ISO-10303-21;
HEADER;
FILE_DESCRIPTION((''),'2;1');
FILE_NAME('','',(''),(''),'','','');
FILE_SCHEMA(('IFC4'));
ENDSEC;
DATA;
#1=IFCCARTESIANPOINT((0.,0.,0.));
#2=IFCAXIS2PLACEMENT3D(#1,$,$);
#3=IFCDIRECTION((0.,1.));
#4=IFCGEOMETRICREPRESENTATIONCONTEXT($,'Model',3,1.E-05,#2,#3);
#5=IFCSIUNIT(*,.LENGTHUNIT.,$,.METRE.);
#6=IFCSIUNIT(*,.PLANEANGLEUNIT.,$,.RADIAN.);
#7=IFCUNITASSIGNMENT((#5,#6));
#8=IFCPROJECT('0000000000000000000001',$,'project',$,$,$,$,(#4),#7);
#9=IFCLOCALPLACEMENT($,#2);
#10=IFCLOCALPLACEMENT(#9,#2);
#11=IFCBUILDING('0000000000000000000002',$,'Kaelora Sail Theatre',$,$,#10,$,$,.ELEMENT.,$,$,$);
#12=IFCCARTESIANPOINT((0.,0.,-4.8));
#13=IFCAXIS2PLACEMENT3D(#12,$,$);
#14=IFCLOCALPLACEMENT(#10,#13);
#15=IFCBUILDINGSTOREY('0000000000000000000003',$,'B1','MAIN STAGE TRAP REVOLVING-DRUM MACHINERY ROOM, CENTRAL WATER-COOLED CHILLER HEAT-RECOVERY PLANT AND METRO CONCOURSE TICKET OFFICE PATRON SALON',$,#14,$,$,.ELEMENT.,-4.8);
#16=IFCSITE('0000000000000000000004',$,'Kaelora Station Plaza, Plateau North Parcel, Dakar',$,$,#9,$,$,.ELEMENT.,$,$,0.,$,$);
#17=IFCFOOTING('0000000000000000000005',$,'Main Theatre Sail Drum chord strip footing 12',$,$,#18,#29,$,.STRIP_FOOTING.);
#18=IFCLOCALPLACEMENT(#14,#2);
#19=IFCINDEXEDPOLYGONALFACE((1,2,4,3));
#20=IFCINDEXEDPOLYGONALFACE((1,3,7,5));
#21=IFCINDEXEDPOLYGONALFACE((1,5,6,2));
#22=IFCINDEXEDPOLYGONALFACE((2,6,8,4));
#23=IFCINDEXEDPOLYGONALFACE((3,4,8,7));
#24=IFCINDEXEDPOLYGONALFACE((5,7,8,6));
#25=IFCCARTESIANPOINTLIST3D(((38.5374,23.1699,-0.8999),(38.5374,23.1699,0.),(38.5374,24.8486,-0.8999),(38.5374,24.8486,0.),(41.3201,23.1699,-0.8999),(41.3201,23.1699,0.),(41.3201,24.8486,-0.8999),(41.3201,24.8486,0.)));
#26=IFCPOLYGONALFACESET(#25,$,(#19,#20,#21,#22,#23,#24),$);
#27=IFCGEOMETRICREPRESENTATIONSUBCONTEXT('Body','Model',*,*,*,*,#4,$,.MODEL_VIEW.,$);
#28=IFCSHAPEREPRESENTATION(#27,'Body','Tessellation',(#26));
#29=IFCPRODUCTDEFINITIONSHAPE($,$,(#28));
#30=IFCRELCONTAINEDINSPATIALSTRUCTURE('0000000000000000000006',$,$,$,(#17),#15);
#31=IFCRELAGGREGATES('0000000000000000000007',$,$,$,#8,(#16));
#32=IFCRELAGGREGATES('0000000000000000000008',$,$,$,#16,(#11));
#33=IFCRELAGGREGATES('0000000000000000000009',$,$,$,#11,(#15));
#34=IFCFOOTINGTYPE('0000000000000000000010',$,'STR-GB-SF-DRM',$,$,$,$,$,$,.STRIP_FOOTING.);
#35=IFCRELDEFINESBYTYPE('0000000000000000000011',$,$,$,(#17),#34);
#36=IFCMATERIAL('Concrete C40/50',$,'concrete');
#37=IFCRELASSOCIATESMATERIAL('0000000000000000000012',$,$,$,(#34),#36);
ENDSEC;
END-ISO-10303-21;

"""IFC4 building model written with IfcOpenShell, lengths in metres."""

from ifc_helpers import new_model, si_unit, direction, frame, origin, place, context, subcontext, project, spatial, polyline, outline, extrude, material, type_object, element, save


model = new_model("IFC4")

# Units and contexts
model_context = context("Model", 3, precision=1e-05, world=origin(), true_north=direction((0.0, 1.0)))
body_context = subcontext(model_context, "Body", "Model", "MODEL_VIEW")
ifc_project = project(units=[si_unit("LENGTHUNIT", "METRE"), si_unit("PLANEANGLEUNIT", "RADIAN")], contexts=[model_context])

# Site, building, storey
site_placement = place(None, origin())
site = spatial("IfcSite", under=ifc_project, at=site_placement, Name="Kaelora Station Plaza, Plateau North Parcel, Dakar", CompositionType="ELEMENT", RefElevation=0.0)
building_placement = place(site_placement, origin())
building = spatial("IfcBuilding", under=site, at=building_placement, Name="Kaelora Sail Theatre", CompositionType="ELEMENT")
storey_placement = place(building_placement, frame((0.0, 0.0, -4.8)))
storey = spatial("IfcBuildingStorey", under=building, at=storey_placement, Name="B1", Description="MAIN STAGE TRAP REVOLVING-DRUM MACHINERY ROOM, CENTRAL WATER-COOLED CHILLER HEAT-RECOVERY PLANT AND METRO CONCOURSE TICKET OFFICE PATRON SALON", CompositionType="ELEMENT", Elevation=-4.8)

# Footing
ifc_material = material(Name="Concrete C40/50", Category="concrete")
footing_type = type_object("IfcFootingType", Name="STR-GB-SF-DRM", PredefinedType="STRIP_FOOTING", material=ifc_material)
footing_1_placement = place(storey_placement, frame((0.0, 0.0, -0.8999)))
element("IfcFooting", 1, at=footing_1_placement, inside=storey, type_object=footing_type, Name="Main Theatre Sail Drum chord strip footing 12", PredefinedType="STRIP_FOOTING", context=body_context, shape_type="SweptSolid", body=[
    extrude(outline(polyline([(38.5374, 23.1699), (38.5374, 24.8486), (41.3201, 24.8486), (41.3201, 23.1699), (38.5374, 23.1699)])), origin(), (0.0, 0.0, 1.0), 0.8999),
])

save(model, "model.ifc")
